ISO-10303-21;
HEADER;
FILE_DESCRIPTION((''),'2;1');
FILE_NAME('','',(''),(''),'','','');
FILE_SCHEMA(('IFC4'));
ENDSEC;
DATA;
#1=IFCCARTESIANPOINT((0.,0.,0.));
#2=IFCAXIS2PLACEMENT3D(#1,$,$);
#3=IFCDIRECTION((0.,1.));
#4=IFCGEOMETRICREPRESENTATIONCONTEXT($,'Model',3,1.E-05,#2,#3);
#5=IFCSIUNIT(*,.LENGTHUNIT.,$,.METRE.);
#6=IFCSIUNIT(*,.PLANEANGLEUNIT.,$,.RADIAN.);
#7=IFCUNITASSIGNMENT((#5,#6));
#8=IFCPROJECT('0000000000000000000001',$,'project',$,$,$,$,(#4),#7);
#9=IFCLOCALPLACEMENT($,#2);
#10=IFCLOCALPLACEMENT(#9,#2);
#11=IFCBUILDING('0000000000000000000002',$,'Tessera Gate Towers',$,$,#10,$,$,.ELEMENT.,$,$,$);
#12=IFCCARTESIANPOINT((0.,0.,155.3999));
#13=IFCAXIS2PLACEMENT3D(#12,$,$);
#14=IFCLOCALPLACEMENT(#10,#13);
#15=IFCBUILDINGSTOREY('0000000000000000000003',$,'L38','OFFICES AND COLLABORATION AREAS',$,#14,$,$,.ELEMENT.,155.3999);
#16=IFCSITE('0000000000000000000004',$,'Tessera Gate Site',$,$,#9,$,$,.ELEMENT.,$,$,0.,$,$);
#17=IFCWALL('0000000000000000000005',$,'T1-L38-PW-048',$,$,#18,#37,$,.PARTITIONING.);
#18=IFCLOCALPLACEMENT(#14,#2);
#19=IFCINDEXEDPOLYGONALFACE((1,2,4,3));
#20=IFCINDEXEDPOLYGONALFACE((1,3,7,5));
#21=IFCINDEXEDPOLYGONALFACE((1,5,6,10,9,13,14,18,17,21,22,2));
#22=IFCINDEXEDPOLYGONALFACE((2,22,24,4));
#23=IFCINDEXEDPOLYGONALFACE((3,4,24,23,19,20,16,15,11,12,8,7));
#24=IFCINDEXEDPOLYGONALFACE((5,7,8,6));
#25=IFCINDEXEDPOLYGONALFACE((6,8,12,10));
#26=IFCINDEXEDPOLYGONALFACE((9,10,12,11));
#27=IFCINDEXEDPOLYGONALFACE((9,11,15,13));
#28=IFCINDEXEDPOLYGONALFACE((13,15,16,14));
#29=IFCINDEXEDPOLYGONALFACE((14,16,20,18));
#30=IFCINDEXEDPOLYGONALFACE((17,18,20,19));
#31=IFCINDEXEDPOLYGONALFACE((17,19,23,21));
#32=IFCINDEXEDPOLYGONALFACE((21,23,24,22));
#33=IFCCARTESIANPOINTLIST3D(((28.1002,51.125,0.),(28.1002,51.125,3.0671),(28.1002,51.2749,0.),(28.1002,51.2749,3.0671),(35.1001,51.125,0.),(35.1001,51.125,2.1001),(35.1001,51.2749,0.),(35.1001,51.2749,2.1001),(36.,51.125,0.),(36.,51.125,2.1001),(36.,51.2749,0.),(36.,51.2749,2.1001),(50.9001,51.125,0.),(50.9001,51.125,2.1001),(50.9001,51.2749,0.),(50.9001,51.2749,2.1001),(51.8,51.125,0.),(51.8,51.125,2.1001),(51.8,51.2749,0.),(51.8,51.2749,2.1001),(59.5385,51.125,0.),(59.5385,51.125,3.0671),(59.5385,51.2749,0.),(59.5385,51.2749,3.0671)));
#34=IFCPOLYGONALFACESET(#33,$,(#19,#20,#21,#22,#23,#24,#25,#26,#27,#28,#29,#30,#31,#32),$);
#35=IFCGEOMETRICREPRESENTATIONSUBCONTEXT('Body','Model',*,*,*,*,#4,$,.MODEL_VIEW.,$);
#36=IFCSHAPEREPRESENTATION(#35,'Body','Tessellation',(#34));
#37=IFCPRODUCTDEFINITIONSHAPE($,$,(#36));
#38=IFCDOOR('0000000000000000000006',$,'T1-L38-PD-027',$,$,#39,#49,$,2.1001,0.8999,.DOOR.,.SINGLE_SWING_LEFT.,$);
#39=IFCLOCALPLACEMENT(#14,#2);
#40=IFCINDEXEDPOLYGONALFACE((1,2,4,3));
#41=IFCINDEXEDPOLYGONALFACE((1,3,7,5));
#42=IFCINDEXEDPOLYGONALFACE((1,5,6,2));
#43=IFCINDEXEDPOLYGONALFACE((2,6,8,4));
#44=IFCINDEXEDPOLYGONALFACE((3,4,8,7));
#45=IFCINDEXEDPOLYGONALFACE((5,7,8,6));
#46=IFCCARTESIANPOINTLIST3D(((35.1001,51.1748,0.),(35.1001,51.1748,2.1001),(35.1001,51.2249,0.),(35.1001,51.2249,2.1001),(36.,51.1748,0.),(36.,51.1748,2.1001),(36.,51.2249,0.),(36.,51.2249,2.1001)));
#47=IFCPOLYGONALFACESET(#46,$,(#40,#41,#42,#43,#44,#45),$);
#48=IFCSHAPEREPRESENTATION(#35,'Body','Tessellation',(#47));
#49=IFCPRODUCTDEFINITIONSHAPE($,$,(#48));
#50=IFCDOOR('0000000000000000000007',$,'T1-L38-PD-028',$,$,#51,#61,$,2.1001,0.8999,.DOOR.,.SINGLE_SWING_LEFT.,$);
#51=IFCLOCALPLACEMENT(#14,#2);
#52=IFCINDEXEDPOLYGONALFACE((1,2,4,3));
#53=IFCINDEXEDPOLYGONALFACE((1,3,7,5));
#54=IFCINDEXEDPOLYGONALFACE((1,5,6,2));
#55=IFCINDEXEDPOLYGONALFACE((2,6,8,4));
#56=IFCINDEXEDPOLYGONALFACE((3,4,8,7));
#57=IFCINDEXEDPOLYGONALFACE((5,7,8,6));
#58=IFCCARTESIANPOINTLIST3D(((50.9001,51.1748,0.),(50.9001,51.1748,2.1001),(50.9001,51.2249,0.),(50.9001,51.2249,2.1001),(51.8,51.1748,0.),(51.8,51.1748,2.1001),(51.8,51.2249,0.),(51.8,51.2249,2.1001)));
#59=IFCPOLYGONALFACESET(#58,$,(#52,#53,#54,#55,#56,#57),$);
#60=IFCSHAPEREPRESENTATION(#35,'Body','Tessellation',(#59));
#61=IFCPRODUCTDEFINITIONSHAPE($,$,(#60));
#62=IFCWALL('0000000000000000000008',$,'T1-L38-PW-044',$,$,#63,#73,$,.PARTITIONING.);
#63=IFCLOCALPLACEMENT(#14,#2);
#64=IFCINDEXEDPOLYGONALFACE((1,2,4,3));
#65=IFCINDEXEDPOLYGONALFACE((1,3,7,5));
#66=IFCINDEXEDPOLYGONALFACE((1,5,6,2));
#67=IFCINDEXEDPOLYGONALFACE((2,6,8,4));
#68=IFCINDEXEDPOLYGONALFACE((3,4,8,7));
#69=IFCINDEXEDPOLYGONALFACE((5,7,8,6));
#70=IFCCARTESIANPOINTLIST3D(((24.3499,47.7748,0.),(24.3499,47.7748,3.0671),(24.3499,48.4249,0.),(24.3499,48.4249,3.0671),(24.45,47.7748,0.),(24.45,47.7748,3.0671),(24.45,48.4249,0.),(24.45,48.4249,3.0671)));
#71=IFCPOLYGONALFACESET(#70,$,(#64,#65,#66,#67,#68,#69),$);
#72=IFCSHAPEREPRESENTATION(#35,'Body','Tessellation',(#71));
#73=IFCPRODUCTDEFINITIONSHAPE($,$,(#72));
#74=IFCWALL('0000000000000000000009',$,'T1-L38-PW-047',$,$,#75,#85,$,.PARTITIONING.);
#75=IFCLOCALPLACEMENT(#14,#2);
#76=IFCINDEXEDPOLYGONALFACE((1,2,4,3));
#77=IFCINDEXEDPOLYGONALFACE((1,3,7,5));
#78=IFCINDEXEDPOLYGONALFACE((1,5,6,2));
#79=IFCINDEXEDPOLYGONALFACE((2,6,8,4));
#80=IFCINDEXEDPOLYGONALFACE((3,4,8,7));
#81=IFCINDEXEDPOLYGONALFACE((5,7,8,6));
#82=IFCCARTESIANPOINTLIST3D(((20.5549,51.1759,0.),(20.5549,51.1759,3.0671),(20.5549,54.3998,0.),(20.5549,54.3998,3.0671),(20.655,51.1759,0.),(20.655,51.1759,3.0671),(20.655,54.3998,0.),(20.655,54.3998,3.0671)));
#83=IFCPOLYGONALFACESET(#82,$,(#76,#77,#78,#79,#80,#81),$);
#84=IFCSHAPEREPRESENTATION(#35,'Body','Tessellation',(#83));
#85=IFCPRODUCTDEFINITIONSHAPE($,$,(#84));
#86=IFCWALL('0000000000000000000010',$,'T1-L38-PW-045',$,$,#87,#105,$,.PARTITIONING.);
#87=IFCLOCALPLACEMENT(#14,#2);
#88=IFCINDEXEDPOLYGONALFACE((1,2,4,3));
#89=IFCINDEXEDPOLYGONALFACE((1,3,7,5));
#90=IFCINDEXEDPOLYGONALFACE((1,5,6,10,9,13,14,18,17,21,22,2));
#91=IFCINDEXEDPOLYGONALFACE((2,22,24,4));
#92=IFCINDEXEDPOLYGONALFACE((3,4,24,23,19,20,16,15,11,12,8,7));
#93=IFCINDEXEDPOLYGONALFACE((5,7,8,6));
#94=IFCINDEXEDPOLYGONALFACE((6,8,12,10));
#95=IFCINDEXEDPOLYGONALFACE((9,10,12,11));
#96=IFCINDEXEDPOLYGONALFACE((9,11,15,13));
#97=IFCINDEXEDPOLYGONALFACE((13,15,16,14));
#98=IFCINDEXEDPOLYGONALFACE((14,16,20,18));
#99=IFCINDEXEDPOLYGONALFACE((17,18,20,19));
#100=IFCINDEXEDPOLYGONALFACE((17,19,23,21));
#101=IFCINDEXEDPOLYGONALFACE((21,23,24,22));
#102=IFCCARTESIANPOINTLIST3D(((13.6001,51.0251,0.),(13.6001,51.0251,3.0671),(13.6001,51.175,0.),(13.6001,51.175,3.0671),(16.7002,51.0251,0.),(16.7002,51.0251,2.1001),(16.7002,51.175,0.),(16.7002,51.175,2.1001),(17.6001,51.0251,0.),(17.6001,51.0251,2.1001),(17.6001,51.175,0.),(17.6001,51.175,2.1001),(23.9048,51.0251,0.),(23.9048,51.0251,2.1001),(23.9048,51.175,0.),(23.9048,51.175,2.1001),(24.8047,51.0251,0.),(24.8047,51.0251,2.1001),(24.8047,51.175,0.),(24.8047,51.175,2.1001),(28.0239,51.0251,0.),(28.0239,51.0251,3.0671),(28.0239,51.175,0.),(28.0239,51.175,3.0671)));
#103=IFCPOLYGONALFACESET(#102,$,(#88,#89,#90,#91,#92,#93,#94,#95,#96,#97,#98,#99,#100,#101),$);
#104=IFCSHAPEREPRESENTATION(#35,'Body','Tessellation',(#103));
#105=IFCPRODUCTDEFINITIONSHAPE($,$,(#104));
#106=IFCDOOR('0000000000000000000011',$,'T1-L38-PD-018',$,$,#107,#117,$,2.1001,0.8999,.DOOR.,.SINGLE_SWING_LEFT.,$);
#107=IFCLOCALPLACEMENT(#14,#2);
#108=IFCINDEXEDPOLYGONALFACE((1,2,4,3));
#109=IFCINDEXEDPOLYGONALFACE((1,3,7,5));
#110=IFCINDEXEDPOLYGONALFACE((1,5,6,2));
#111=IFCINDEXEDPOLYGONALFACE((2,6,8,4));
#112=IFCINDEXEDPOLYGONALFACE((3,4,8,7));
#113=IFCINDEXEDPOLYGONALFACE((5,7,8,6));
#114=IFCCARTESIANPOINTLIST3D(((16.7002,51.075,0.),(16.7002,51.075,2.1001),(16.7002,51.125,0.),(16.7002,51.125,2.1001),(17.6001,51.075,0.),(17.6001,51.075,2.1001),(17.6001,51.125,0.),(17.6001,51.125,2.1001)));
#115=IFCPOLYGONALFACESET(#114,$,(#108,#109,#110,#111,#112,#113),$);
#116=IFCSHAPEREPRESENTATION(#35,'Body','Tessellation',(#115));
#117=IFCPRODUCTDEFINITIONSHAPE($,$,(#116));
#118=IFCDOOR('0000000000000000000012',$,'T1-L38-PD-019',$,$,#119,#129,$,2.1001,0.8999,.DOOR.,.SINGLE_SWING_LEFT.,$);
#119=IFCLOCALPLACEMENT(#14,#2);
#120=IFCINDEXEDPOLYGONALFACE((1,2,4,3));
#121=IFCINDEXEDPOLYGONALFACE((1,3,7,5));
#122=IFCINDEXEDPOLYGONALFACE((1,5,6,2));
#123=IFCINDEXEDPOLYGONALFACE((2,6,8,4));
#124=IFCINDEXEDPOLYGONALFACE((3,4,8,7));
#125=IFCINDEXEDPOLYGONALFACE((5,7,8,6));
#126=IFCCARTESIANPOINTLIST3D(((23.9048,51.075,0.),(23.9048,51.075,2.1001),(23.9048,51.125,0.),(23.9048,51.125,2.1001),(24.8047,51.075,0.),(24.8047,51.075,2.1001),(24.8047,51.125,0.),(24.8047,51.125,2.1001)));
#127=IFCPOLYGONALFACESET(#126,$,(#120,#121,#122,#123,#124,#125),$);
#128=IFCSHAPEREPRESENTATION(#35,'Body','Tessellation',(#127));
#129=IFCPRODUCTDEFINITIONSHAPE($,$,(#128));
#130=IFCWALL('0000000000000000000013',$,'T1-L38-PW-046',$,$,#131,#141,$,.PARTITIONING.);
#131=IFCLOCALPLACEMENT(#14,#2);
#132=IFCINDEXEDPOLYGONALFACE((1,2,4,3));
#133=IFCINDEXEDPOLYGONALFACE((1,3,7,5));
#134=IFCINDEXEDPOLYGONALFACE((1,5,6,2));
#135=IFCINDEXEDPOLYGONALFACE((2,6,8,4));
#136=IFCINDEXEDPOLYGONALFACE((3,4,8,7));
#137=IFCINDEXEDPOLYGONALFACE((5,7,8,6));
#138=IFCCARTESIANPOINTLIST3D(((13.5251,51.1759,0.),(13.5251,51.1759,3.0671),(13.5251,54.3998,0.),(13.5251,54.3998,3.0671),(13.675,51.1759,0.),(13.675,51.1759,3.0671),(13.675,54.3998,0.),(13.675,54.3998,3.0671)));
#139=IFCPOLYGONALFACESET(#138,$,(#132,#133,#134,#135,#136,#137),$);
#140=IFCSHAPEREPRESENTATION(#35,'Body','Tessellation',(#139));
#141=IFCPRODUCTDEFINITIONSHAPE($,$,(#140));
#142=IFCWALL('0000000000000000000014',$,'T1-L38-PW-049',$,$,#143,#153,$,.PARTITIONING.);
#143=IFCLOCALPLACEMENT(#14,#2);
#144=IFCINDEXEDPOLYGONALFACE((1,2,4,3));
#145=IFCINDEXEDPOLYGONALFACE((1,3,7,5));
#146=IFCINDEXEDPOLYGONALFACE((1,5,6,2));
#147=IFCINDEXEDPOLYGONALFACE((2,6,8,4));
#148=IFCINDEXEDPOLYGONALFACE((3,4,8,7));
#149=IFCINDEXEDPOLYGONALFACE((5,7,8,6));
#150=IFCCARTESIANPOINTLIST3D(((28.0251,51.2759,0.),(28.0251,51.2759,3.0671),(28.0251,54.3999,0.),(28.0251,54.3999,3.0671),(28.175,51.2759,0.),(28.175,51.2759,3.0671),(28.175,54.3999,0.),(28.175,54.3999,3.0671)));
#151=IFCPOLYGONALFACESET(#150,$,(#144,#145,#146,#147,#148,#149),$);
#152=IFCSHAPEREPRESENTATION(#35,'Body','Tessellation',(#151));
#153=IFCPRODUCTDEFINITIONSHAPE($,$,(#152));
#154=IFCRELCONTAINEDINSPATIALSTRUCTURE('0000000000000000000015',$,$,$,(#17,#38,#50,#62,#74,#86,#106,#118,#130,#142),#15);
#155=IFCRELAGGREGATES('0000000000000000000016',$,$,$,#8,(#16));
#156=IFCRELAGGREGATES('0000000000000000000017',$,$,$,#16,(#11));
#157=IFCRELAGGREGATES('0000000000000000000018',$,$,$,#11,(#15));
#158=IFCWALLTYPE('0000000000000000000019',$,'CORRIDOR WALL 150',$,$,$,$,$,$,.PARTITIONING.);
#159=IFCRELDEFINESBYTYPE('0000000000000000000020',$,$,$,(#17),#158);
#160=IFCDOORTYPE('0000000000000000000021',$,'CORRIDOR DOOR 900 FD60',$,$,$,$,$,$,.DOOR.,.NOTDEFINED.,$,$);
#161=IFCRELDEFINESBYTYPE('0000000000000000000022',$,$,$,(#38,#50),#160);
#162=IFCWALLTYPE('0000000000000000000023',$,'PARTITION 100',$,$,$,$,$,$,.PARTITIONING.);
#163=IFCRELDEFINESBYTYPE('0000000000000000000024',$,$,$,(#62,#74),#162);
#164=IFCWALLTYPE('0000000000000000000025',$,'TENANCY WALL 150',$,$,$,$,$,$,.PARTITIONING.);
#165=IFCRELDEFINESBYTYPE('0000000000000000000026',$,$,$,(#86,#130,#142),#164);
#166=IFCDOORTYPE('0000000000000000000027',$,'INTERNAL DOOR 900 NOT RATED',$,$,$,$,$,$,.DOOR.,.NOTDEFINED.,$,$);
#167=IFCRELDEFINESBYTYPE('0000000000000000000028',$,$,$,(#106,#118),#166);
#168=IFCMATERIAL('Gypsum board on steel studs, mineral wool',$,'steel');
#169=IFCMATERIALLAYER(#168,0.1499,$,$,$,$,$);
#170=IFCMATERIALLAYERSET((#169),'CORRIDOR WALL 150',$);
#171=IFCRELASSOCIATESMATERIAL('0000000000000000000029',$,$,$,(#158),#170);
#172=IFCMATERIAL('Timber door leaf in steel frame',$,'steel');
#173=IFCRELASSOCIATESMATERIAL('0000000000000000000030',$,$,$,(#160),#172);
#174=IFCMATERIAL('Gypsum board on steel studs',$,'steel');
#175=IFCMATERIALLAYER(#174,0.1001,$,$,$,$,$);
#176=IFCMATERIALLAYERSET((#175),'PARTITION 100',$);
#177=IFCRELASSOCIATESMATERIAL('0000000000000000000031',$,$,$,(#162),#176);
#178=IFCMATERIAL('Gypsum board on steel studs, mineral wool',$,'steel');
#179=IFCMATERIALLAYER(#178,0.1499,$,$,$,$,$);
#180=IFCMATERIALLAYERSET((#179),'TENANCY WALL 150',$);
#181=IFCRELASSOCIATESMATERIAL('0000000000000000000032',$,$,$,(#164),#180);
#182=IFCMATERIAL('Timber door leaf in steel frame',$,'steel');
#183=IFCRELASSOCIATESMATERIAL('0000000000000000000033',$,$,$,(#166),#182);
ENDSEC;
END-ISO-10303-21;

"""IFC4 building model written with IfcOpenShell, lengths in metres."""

from ifc_helpers import new_model, si_unit, direction, frame, frame_2d, origin, place, context, subcontext, project, spatial, rectangle, extrude, source, transform, mapped, material, layer, layer_set, type_object, element, fill, save


model = new_model("IFC4")

# Units and contexts
model_context = context("Model", 3, precision=1e-05, world=origin(), true_north=direction((0.0, 1.0)))
body_context = subcontext(model_context, "Body", "Model", "MODEL_VIEW")
ifc_project = project(units=[si_unit("LENGTHUNIT", "METRE"), si_unit("PLANEANGLEUNIT", "RADIAN")], contexts=[model_context])

# Site, building, storey
site_placement = place(None, origin())
site = spatial("IfcSite", under=ifc_project, at=site_placement, Name="Tessera Gate Site", CompositionType="ELEMENT", RefElevation=0.0)
building_placement = place(site_placement, origin())
building = spatial("IfcBuilding", under=site, at=building_placement, Name="Tessera Gate Towers", CompositionType="ELEMENT")
storey_placement = place(building_placement, frame((0.0, 0.0, 155.3999)))
storey = spatial("IfcBuildingStorey", under=building, at=storey_placement, Name="L38", Description="OFFICES AND COLLABORATION AREAS", CompositionType="ELEMENT", Elevation=155.3999)

# Wall, openings, doors
ifc_material_1 = material(Name="Gypsum board on steel studs, mineral wool", Category="steel")
ifc_layer_1 = layer(ifc_material_1, 0.1499)
ifc_layer_set_1 = layer_set([ifc_layer_1], Name="CORRIDOR WALL 150")
wall_type_1 = type_object("IfcWallType", Name="CORRIDOR WALL 150", PredefinedType="PARTITIONING", material=ifc_layer_set_1)
wall_1_placement = place(storey_placement, frame((28.1001, 51.2, 0.0), z_axis=(0.0, 0.0, 1.0), x_axis=(1.0, 0.0, 0.0)))
wall_1 = element("IfcWall", 1, at=wall_1_placement, inside=storey, type_object=wall_type_1, Name="T1-L38-PW-048", PredefinedType="PARTITIONING", context=body_context, shape_type="SweptSolid", body=[
    extrude(rectangle(XDim=31.4382, YDim=0.1499, at=frame_2d((15.7192, 0.0))), origin(), (0.0, 0.0, 1.0), 3.0671),
])
shared_shape_1 = source(origin(), body_context, "Body", "SweptSolid", [
    extrude(rectangle(XDim=0.8999, YDim=2.1001, at=frame_2d((0.45, 1.05))), frame((0.0, 0.085, 0.0), z_axis=(0.0, -1.0, 0.0), x_axis=(1.0, 0.0, 0.0)), (0.0, 0.0, 1.0), 0.1699),
])
opening_1_placement = place(wall_1_placement, frame((7.0, 0.0, 0.0)))
opening_1 = element("IfcOpeningElement", 2, at=opening_1_placement, cuts=wall_1, PredefinedType="OPENING", context=body_context, shape_type="MappedRepresentation", body=[
    mapped(shared_shape_1, transform((0.0, 0.0, 0.0), scale=1.0)),
])
opening_2_placement = place(wall_1_placement, frame((22.8, 0.0, 0.0)))
opening_2 = element("IfcOpeningElement", 3, at=opening_2_placement, cuts=wall_1, PredefinedType="OPENING", context=body_context, shape_type="MappedRepresentation", body=[
    mapped(shared_shape_1, transform((0.0, 0.0, 0.0), scale=1.0)),
])
ifc_material_2 = material(Name="Timber door leaf in steel frame", Category="steel")
door_type_1 = type_object("IfcDoorType", Name="CORRIDOR DOOR 900 FD60", OperationType="NOTDEFINED", PredefinedType="DOOR", material=ifc_material_2)
shared_shape_2 = source(origin(), body_context, "Body", "SweptSolid", [
    extrude(rectangle(XDim=0.8999, YDim=2.1001, at=frame_2d((0.45, 1.05))), frame((0.0, 0.0249, 0.0), z_axis=(0.0, -1.0, 0.0), x_axis=(1.0, 0.0, 0.0)), (0.0, 0.0, 1.0), 0.05),
])
door_1_placement = place(opening_1_placement, origin())
door_1 = element("IfcDoor", 4, at=door_1_placement, inside=storey, type_object=door_type_1, Name="T1-L38-PD-027", OperationType="SINGLE_SWING_LEFT", OverallHeight=2.1001, OverallWidth=0.8999, PredefinedType="DOOR", context=body_context, shape_type="MappedRepresentation", body=[
    mapped(shared_shape_2, transform((0.0, 0.0, 0.0), scale=1.0)),
])
fill(opening_1, door_1)
door_2_placement = place(opening_2_placement, origin())
door_2 = element("IfcDoor", 5, at=door_2_placement, inside=storey, type_object=door_type_1, Name="T1-L38-PD-028", OperationType="SINGLE_SWING_LEFT", OverallHeight=2.1001, OverallWidth=0.8999, PredefinedType="DOOR", context=body_context, shape_type="MappedRepresentation", body=[
    mapped(shared_shape_2, transform((0.0, 0.0, 0.0), scale=1.0)),
])
fill(opening_2, door_2)

# Walls
ifc_material_3 = material(Name="Gypsum board on steel studs", Category="steel")
ifc_layer_2 = layer(ifc_material_3, 0.1001)
ifc_layer_set_2 = layer_set([ifc_layer_2], Name="PARTITION 100")
wall_type_2 = type_object("IfcWallType", Name="PARTITION 100", PredefinedType="PARTITIONING", material=ifc_layer_set_2)
wall_2_placement = place(storey_placement, frame((24.3999, 48.425, 0.0), z_axis=(0.0, 0.0, 1.0), x_axis=(0.0, -1.0, 0.0)))
element("IfcWall", 6, at=wall_2_placement, inside=storey, type_object=wall_type_2, Name="T1-L38-PW-044", PredefinedType="PARTITIONING", context=body_context, shape_type="SweptSolid", body=[
    extrude(rectangle(XDim=0.6501, YDim=0.1001, at=frame_2d((0.3252, 0.0))), origin(), (0.0, 0.0, 1.0), 3.0671),
])
wall_3_placement = place(storey_placement, frame((20.605, 51.176, 0.0), z_axis=(0.0, 0.0, 1.0), x_axis=(0.0, 1.0, 0.0)))
element("IfcWall", 7, at=wall_3_placement, inside=storey, type_object=wall_type_2, Name="T1-L38-PW-047", PredefinedType="PARTITIONING", context=body_context, shape_type="SweptSolid", body=[
    extrude(rectangle(XDim=3.2239, YDim=0.1001, at=frame_2d((1.6118, 0.0))), origin(), (0.0, 0.0, 1.0), 3.0671),
])

# Wall, openings, doors
ifc_material_4 = material(Name="Gypsum board on steel studs, mineral wool", Category="steel")
ifc_layer_3 = layer(ifc_material_4, 0.1499)
ifc_layer_set_3 = layer_set([ifc_layer_3], Name="TENANCY WALL 150")
wall_type_3 = type_object("IfcWallType", Name="TENANCY WALL 150", PredefinedType="PARTITIONING", material=ifc_layer_set_3)
wall_4_placement = place(storey_placement, frame((13.6001, 51.1001, 0.0), z_axis=(0.0, 0.0, 1.0), x_axis=(1.0, 0.0, 0.0)))
wall_4 = element("IfcWall", 8, at=wall_4_placement, inside=storey, type_object=wall_type_3, Name="T1-L38-PW-045", PredefinedType="PARTITIONING", context=body_context, shape_type="SweptSolid", body=[
    extrude(rectangle(XDim=14.4238, YDim=0.1499, at=frame_2d((7.2119, 0.0))), origin(), (0.0, 0.0, 1.0), 3.0671),
])
opening_3_placement = place(wall_4_placement, frame((3.1001, 0.0, 0.0)))
opening_3 = element("IfcOpeningElement", 9, at=opening_3_placement, cuts=wall_4, PredefinedType="OPENING", context=body_context, shape_type="MappedRepresentation", body=[
    mapped(shared_shape_1, transform((0.0, 0.0, 0.0), scale=1.0)),
])
opening_4_placement = place(wall_4_placement, frame((10.3047, 0.0, 0.0)))
opening_4 = element("IfcOpeningElement", 10, at=opening_4_placement, cuts=wall_4, PredefinedType="OPENING", context=body_context, shape_type="MappedRepresentation", body=[
    mapped(shared_shape_1, transform((0.0, 0.0, 0.0), scale=1.0)),
])
ifc_material_5 = material(Name="Timber door leaf in steel frame", Category="steel")
door_type_2 = type_object("IfcDoorType", Name="INTERNAL DOOR 900 NOT RATED", OperationType="NOTDEFINED", PredefinedType="DOOR", material=ifc_material_5)
door_3_placement = place(opening_3_placement, origin())
door_3 = element("IfcDoor", 11, at=door_3_placement, inside=storey, type_object=door_type_2, Name="T1-L38-PD-018", OperationType="SINGLE_SWING_LEFT", OverallHeight=2.1001, OverallWidth=0.8999, PredefinedType="DOOR", context=body_context, shape_type="MappedRepresentation", body=[
    mapped(shared_shape_2, transform((0.0, 0.0, 0.0), scale=1.0)),
])
fill(opening_3, door_3)
door_4_placement = place(opening_4_placement, origin())
door_4 = element("IfcDoor", 12, at=door_4_placement, inside=storey, type_object=door_type_2, Name="T1-L38-PD-019", OperationType="SINGLE_SWING_LEFT", OverallHeight=2.1001, OverallWidth=0.8999, PredefinedType="DOOR", context=body_context, shape_type="MappedRepresentation", body=[
    mapped(shared_shape_2, transform((0.0, 0.0, 0.0), scale=1.0)),
])
fill(opening_4, door_4)

# Walls
wall_5_placement = place(storey_placement, frame((13.6001, 51.176, 0.0), z_axis=(0.0, 0.0, 1.0), x_axis=(0.0, 1.0, 0.0)))
element("IfcWall", 13, at=wall_5_placement, inside=storey, type_object=wall_type_3, Name="T1-L38-PW-046", PredefinedType="PARTITIONING", context=body_context, shape_type="SweptSolid", body=[
    extrude(rectangle(XDim=3.2239, YDim=0.1499, at=frame_2d((1.6118, 0.0))), origin(), (0.0, 0.0, 1.0), 3.0671),
])
wall_6_placement = place(storey_placement, frame((28.1001, 51.2759, 0.0), z_axis=(0.0, 0.0, 1.0), x_axis=(0.0, 1.0, 0.0)))
element("IfcWall", 14, at=wall_6_placement, inside=storey, type_object=wall_type_3, Name="T1-L38-PW-049", PredefinedType="PARTITIONING", context=body_context, shape_type="SweptSolid", body=[
    extrude(rectangle(XDim=3.124, YDim=0.1499, at=frame_2d((1.562, 0.0))), origin(), (0.0, 0.0, 1.0), 3.0671),
])

save(model, "model.ifc")
